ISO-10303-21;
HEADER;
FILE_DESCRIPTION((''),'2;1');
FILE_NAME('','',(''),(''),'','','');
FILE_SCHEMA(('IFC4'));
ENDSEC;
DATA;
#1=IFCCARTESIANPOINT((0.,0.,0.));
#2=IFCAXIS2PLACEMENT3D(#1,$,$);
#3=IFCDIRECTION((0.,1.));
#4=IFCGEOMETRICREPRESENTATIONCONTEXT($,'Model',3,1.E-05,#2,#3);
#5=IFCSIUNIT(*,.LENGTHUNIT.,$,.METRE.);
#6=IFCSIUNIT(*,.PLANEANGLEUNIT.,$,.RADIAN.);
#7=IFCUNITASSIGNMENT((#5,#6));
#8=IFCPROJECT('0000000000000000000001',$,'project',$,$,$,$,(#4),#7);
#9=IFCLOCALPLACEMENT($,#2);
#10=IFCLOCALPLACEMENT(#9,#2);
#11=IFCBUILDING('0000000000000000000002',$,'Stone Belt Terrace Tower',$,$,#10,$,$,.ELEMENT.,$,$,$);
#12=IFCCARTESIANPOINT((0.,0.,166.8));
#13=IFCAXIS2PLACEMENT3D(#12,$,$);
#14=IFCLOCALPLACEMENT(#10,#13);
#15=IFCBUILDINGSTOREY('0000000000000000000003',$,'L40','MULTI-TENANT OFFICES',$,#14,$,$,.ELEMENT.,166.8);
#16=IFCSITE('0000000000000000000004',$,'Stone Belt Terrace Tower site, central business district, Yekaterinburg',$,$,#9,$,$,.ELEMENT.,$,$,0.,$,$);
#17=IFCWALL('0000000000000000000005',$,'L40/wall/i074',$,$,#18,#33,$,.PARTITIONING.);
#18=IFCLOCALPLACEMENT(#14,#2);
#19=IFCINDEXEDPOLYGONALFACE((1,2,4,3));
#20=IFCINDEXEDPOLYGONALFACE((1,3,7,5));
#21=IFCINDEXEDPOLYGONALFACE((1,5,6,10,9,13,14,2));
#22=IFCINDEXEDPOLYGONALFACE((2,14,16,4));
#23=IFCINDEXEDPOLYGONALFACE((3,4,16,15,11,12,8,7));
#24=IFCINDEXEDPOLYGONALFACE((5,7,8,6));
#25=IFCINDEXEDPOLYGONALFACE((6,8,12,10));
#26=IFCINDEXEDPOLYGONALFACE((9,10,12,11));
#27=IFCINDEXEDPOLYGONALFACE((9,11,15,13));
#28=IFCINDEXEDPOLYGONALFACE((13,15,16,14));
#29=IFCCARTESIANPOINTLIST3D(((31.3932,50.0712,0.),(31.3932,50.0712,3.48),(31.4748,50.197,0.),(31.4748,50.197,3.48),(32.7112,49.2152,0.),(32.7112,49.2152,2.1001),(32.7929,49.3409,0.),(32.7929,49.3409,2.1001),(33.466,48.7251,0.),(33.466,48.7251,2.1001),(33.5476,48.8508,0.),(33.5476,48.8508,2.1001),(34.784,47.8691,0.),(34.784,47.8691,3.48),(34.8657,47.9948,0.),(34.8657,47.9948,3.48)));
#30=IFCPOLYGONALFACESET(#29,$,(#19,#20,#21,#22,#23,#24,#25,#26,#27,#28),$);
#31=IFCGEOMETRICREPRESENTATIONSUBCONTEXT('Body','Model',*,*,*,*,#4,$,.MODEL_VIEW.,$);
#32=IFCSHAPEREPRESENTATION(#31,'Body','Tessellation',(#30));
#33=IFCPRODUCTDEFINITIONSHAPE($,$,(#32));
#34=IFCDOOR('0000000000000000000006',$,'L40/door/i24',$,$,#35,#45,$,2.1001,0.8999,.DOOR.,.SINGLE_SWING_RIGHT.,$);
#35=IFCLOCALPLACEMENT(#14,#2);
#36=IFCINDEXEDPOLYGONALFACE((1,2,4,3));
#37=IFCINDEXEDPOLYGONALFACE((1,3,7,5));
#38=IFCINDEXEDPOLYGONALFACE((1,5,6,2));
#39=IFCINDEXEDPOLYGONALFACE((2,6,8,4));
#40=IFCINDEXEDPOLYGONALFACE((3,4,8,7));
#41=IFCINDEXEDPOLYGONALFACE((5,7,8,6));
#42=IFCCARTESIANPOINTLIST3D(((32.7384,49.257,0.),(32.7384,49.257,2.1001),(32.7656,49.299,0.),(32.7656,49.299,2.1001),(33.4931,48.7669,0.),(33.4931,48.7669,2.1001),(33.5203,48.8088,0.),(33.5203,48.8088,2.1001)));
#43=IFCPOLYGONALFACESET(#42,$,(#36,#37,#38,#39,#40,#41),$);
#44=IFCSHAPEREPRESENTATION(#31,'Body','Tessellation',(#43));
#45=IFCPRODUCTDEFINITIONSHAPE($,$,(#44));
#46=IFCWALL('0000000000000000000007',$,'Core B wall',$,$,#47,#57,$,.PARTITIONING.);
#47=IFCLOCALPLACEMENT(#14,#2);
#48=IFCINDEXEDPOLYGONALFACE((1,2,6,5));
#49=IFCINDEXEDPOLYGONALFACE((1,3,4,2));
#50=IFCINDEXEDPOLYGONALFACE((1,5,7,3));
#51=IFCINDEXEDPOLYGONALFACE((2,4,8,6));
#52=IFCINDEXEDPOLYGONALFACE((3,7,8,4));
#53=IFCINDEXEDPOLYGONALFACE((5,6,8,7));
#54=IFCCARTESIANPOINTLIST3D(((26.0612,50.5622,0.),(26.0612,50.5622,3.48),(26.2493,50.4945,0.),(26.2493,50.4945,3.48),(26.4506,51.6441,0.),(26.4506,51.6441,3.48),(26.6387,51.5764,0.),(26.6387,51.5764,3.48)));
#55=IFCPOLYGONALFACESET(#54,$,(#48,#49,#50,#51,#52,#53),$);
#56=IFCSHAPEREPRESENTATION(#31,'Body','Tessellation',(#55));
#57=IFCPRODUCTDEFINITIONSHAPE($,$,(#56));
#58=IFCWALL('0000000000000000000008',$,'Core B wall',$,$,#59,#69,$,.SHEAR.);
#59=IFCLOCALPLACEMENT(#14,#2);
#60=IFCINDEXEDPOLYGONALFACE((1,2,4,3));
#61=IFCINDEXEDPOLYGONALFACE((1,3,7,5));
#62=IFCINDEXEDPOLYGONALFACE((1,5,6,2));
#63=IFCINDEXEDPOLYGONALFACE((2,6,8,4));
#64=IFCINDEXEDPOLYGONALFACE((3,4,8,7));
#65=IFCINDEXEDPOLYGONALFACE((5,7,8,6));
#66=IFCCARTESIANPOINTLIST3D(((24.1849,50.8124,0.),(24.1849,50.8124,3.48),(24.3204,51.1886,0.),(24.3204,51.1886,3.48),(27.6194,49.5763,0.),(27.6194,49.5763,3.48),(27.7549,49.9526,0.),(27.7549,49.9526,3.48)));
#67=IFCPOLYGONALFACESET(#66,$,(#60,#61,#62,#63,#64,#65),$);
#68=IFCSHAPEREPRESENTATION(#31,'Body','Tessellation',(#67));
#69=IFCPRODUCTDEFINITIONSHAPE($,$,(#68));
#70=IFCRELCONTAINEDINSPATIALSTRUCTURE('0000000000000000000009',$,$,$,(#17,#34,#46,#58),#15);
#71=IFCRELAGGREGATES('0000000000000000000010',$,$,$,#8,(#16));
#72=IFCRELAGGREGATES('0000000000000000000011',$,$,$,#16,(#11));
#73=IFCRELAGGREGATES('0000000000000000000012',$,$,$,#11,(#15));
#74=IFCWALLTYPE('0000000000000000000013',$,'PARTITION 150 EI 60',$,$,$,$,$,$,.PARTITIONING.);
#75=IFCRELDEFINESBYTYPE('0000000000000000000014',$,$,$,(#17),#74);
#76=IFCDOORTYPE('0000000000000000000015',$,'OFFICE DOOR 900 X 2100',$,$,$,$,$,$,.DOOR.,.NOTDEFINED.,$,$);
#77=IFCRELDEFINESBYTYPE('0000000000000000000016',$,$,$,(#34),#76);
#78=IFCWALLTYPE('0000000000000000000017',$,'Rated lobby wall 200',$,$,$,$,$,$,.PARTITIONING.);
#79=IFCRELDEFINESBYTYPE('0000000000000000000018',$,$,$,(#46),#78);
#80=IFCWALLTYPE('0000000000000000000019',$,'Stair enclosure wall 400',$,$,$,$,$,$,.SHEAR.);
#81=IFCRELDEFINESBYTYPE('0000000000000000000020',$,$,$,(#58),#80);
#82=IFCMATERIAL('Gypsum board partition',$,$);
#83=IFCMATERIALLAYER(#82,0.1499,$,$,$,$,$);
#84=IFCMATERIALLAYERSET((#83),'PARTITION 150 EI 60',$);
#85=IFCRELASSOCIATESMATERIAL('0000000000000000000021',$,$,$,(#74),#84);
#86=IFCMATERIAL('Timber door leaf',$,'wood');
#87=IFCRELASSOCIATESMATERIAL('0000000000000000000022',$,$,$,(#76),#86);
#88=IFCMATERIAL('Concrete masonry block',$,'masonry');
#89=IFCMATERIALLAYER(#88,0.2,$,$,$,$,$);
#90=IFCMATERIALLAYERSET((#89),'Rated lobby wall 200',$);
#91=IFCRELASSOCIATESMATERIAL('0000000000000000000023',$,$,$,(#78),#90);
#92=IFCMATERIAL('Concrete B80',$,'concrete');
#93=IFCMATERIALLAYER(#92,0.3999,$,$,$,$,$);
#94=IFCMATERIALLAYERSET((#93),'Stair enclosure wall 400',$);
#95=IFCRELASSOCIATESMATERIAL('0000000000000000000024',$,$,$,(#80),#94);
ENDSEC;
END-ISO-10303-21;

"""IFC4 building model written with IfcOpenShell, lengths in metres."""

from ifc_helpers import new_model, si_unit, direction, frame, frame_2d, origin, place, context, subcontext, project, spatial, rectangle, extrude, material, layer, layer_set, type_object, element, fill, save


model = new_model("IFC4")

# Units and contexts
model_context = context("Model", 3, precision=1e-05, world=origin(), true_north=direction((0.0, 1.0)))
body_context = subcontext(model_context, "Body", "Model", "MODEL_VIEW")
ifc_project = project(units=[si_unit("LENGTHUNIT", "METRE"), si_unit("PLANEANGLEUNIT", "RADIAN")], contexts=[model_context])

# Site, building, storey
site_placement = place(None, origin())
site = spatial("IfcSite", under=ifc_project, at=site_placement, Name="Stone Belt Terrace Tower site, central business district, Yekaterinburg", CompositionType="ELEMENT", RefElevation=0.0)
building_placement = place(site_placement, origin())
building = spatial("IfcBuilding", under=site, at=building_placement, Name="Stone Belt Terrace Tower", CompositionType="ELEMENT")
storey_placement = place(building_placement, frame((0.0, 0.0, 166.8)))
storey = spatial("IfcBuildingStorey", under=building, at=storey_placement, Name="L40", Description="MULTI-TENANT OFFICES", CompositionType="ELEMENT", Elevation=166.8)

# Shared definitions
ifc_material_1 = material(Name="Concrete B80", Category="concrete")

# Shared definitions
ifc_material_2 = material(Name="Timber door leaf", Category="wood")

# Shared definitions
ifc_material_3 = material(Name="Gypsum board partition")
ifc_layer_1 = layer(ifc_material_3, 0.1499)
ifc_layer_set_1 = layer_set([ifc_layer_1], Name="PARTITION 150 EI 60")
wall_type_1 = type_object("IfcWallType", Name="PARTITION 150 EI 60", PredefinedType="PARTITIONING", material=ifc_layer_set_1)
door_type_1 = type_object("IfcDoorType", Name="OFFICE DOOR 900 X 2100", OperationType="NOTDEFINED", PredefinedType="DOOR", material=ifc_material_2)

# Wall, opening, door
wall_1_placement = place(storey_placement, frame((31.4341, 50.134, 0.0), z_axis=(0.0, 0.0, 1.0), x_axis=(0.83866, -0.544655, 0.0)))
wall_1 = element("IfcWall", 1, at=wall_1_placement, inside=storey, type_object=wall_type_1, Name="L40/wall/i074", PredefinedType="PARTITIONING", context=body_context, shape_type="SweptSolid", body=[
    extrude(rectangle(XDim=4.0432, YDim=0.1499, at=frame_2d((2.0215, 0.0))), origin(), (0.0, 0.0, 1.0), 3.48),
])
opening_1_placement = place(wall_1_placement, frame((1.5715, 0.0, 0.0)))
opening_1 = element("IfcOpeningElement", 2, at=opening_1_placement, cuts=wall_1, PredefinedType="OPENING", context=body_context, shape_type="SweptSolid", body=[
    extrude(rectangle(XDim=0.8999, YDim=2.1001, at=frame_2d((0.45, 1.05))), frame((0.0, 0.085, 0.0), z_axis=(0.0, -1.0, 0.0), x_axis=(1.0, 0.0, 0.0)), (0.0, 0.0, 1.0), 0.1699),
])
door_1_placement = place(opening_1_placement, origin())
door_1 = element("IfcDoor", 3, at=door_1_placement, inside=storey, type_object=door_type_1, Name="L40/door/i24", OperationType="SINGLE_SWING_RIGHT", OverallHeight=2.1001, OverallWidth=0.8999, PredefinedType="DOOR", context=body_context, shape_type="SweptSolid", body=[
    extrude(rectangle(XDim=0.8999, YDim=2.1001, at=frame_2d((0.45, 1.05))), frame((0.0, 0.0249, 0.0), z_axis=(0.0, -1.0, 0.0), x_axis=(1.0, 0.0, 0.0)), (0.0, 0.0, 1.0), 0.05),
])
fill(opening_1, door_1)

# Walls
ifc_material_4 = material(Name="Concrete masonry block", Category="masonry")
ifc_layer_2 = layer(ifc_material_4, 0.2)
ifc_layer_set_2 = layer_set([ifc_layer_2], Name="Rated lobby wall 200")
wall_type_2 = type_object("IfcWallType", Name="Rated lobby wall 200", PredefinedType="PARTITIONING", material=ifc_layer_set_2)
wall_2_placement = place(storey_placement, frame((26.1553, 50.5283, 0.0), z_axis=(0.0, 0.0, 1.0), x_axis=(0.338622, 0.940923, 0.0)))
element("IfcWall", 4, at=wall_2_placement, inside=storey, type_object=wall_type_2, Name="Core B wall", PredefinedType="PARTITIONING", context=body_context, shape_type="SweptSolid", body=[
    extrude(rectangle(XDim=1.1499, YDim=0.2, at=frame_2d((0.575, 0.0))), origin(), (0.0, 0.0, 1.0), 3.48),
])
ifc_layer_3 = layer(ifc_material_1, 0.3999)
ifc_layer_set_3 = layer_set([ifc_layer_3], Name="Stair enclosure wall 400")
wall_type_3 = type_object("IfcWallType", Name="Stair enclosure wall 400", PredefinedType="SHEAR", material=ifc_layer_set_3)
wall_3_placement = place(storey_placement, frame((27.6873, 49.7644, 0.0), z_axis=(0.0, 0.0, 1.0), x_axis=(-0.940919, 0.338632, 0.0)))
element("IfcWall", 5, at=wall_3_placement, inside=storey, type_object=wall_type_3, Name="Core B wall", PredefinedType="SHEAR", context=body_context, shape_type="SweptSolid", body=[
    extrude(rectangle(XDim=3.6501, YDim=0.3999, at=frame_2d((1.8252, 0.0))), origin(), (0.0, 0.0, 1.0), 3.48),
])

save(model, "model.ifc")
